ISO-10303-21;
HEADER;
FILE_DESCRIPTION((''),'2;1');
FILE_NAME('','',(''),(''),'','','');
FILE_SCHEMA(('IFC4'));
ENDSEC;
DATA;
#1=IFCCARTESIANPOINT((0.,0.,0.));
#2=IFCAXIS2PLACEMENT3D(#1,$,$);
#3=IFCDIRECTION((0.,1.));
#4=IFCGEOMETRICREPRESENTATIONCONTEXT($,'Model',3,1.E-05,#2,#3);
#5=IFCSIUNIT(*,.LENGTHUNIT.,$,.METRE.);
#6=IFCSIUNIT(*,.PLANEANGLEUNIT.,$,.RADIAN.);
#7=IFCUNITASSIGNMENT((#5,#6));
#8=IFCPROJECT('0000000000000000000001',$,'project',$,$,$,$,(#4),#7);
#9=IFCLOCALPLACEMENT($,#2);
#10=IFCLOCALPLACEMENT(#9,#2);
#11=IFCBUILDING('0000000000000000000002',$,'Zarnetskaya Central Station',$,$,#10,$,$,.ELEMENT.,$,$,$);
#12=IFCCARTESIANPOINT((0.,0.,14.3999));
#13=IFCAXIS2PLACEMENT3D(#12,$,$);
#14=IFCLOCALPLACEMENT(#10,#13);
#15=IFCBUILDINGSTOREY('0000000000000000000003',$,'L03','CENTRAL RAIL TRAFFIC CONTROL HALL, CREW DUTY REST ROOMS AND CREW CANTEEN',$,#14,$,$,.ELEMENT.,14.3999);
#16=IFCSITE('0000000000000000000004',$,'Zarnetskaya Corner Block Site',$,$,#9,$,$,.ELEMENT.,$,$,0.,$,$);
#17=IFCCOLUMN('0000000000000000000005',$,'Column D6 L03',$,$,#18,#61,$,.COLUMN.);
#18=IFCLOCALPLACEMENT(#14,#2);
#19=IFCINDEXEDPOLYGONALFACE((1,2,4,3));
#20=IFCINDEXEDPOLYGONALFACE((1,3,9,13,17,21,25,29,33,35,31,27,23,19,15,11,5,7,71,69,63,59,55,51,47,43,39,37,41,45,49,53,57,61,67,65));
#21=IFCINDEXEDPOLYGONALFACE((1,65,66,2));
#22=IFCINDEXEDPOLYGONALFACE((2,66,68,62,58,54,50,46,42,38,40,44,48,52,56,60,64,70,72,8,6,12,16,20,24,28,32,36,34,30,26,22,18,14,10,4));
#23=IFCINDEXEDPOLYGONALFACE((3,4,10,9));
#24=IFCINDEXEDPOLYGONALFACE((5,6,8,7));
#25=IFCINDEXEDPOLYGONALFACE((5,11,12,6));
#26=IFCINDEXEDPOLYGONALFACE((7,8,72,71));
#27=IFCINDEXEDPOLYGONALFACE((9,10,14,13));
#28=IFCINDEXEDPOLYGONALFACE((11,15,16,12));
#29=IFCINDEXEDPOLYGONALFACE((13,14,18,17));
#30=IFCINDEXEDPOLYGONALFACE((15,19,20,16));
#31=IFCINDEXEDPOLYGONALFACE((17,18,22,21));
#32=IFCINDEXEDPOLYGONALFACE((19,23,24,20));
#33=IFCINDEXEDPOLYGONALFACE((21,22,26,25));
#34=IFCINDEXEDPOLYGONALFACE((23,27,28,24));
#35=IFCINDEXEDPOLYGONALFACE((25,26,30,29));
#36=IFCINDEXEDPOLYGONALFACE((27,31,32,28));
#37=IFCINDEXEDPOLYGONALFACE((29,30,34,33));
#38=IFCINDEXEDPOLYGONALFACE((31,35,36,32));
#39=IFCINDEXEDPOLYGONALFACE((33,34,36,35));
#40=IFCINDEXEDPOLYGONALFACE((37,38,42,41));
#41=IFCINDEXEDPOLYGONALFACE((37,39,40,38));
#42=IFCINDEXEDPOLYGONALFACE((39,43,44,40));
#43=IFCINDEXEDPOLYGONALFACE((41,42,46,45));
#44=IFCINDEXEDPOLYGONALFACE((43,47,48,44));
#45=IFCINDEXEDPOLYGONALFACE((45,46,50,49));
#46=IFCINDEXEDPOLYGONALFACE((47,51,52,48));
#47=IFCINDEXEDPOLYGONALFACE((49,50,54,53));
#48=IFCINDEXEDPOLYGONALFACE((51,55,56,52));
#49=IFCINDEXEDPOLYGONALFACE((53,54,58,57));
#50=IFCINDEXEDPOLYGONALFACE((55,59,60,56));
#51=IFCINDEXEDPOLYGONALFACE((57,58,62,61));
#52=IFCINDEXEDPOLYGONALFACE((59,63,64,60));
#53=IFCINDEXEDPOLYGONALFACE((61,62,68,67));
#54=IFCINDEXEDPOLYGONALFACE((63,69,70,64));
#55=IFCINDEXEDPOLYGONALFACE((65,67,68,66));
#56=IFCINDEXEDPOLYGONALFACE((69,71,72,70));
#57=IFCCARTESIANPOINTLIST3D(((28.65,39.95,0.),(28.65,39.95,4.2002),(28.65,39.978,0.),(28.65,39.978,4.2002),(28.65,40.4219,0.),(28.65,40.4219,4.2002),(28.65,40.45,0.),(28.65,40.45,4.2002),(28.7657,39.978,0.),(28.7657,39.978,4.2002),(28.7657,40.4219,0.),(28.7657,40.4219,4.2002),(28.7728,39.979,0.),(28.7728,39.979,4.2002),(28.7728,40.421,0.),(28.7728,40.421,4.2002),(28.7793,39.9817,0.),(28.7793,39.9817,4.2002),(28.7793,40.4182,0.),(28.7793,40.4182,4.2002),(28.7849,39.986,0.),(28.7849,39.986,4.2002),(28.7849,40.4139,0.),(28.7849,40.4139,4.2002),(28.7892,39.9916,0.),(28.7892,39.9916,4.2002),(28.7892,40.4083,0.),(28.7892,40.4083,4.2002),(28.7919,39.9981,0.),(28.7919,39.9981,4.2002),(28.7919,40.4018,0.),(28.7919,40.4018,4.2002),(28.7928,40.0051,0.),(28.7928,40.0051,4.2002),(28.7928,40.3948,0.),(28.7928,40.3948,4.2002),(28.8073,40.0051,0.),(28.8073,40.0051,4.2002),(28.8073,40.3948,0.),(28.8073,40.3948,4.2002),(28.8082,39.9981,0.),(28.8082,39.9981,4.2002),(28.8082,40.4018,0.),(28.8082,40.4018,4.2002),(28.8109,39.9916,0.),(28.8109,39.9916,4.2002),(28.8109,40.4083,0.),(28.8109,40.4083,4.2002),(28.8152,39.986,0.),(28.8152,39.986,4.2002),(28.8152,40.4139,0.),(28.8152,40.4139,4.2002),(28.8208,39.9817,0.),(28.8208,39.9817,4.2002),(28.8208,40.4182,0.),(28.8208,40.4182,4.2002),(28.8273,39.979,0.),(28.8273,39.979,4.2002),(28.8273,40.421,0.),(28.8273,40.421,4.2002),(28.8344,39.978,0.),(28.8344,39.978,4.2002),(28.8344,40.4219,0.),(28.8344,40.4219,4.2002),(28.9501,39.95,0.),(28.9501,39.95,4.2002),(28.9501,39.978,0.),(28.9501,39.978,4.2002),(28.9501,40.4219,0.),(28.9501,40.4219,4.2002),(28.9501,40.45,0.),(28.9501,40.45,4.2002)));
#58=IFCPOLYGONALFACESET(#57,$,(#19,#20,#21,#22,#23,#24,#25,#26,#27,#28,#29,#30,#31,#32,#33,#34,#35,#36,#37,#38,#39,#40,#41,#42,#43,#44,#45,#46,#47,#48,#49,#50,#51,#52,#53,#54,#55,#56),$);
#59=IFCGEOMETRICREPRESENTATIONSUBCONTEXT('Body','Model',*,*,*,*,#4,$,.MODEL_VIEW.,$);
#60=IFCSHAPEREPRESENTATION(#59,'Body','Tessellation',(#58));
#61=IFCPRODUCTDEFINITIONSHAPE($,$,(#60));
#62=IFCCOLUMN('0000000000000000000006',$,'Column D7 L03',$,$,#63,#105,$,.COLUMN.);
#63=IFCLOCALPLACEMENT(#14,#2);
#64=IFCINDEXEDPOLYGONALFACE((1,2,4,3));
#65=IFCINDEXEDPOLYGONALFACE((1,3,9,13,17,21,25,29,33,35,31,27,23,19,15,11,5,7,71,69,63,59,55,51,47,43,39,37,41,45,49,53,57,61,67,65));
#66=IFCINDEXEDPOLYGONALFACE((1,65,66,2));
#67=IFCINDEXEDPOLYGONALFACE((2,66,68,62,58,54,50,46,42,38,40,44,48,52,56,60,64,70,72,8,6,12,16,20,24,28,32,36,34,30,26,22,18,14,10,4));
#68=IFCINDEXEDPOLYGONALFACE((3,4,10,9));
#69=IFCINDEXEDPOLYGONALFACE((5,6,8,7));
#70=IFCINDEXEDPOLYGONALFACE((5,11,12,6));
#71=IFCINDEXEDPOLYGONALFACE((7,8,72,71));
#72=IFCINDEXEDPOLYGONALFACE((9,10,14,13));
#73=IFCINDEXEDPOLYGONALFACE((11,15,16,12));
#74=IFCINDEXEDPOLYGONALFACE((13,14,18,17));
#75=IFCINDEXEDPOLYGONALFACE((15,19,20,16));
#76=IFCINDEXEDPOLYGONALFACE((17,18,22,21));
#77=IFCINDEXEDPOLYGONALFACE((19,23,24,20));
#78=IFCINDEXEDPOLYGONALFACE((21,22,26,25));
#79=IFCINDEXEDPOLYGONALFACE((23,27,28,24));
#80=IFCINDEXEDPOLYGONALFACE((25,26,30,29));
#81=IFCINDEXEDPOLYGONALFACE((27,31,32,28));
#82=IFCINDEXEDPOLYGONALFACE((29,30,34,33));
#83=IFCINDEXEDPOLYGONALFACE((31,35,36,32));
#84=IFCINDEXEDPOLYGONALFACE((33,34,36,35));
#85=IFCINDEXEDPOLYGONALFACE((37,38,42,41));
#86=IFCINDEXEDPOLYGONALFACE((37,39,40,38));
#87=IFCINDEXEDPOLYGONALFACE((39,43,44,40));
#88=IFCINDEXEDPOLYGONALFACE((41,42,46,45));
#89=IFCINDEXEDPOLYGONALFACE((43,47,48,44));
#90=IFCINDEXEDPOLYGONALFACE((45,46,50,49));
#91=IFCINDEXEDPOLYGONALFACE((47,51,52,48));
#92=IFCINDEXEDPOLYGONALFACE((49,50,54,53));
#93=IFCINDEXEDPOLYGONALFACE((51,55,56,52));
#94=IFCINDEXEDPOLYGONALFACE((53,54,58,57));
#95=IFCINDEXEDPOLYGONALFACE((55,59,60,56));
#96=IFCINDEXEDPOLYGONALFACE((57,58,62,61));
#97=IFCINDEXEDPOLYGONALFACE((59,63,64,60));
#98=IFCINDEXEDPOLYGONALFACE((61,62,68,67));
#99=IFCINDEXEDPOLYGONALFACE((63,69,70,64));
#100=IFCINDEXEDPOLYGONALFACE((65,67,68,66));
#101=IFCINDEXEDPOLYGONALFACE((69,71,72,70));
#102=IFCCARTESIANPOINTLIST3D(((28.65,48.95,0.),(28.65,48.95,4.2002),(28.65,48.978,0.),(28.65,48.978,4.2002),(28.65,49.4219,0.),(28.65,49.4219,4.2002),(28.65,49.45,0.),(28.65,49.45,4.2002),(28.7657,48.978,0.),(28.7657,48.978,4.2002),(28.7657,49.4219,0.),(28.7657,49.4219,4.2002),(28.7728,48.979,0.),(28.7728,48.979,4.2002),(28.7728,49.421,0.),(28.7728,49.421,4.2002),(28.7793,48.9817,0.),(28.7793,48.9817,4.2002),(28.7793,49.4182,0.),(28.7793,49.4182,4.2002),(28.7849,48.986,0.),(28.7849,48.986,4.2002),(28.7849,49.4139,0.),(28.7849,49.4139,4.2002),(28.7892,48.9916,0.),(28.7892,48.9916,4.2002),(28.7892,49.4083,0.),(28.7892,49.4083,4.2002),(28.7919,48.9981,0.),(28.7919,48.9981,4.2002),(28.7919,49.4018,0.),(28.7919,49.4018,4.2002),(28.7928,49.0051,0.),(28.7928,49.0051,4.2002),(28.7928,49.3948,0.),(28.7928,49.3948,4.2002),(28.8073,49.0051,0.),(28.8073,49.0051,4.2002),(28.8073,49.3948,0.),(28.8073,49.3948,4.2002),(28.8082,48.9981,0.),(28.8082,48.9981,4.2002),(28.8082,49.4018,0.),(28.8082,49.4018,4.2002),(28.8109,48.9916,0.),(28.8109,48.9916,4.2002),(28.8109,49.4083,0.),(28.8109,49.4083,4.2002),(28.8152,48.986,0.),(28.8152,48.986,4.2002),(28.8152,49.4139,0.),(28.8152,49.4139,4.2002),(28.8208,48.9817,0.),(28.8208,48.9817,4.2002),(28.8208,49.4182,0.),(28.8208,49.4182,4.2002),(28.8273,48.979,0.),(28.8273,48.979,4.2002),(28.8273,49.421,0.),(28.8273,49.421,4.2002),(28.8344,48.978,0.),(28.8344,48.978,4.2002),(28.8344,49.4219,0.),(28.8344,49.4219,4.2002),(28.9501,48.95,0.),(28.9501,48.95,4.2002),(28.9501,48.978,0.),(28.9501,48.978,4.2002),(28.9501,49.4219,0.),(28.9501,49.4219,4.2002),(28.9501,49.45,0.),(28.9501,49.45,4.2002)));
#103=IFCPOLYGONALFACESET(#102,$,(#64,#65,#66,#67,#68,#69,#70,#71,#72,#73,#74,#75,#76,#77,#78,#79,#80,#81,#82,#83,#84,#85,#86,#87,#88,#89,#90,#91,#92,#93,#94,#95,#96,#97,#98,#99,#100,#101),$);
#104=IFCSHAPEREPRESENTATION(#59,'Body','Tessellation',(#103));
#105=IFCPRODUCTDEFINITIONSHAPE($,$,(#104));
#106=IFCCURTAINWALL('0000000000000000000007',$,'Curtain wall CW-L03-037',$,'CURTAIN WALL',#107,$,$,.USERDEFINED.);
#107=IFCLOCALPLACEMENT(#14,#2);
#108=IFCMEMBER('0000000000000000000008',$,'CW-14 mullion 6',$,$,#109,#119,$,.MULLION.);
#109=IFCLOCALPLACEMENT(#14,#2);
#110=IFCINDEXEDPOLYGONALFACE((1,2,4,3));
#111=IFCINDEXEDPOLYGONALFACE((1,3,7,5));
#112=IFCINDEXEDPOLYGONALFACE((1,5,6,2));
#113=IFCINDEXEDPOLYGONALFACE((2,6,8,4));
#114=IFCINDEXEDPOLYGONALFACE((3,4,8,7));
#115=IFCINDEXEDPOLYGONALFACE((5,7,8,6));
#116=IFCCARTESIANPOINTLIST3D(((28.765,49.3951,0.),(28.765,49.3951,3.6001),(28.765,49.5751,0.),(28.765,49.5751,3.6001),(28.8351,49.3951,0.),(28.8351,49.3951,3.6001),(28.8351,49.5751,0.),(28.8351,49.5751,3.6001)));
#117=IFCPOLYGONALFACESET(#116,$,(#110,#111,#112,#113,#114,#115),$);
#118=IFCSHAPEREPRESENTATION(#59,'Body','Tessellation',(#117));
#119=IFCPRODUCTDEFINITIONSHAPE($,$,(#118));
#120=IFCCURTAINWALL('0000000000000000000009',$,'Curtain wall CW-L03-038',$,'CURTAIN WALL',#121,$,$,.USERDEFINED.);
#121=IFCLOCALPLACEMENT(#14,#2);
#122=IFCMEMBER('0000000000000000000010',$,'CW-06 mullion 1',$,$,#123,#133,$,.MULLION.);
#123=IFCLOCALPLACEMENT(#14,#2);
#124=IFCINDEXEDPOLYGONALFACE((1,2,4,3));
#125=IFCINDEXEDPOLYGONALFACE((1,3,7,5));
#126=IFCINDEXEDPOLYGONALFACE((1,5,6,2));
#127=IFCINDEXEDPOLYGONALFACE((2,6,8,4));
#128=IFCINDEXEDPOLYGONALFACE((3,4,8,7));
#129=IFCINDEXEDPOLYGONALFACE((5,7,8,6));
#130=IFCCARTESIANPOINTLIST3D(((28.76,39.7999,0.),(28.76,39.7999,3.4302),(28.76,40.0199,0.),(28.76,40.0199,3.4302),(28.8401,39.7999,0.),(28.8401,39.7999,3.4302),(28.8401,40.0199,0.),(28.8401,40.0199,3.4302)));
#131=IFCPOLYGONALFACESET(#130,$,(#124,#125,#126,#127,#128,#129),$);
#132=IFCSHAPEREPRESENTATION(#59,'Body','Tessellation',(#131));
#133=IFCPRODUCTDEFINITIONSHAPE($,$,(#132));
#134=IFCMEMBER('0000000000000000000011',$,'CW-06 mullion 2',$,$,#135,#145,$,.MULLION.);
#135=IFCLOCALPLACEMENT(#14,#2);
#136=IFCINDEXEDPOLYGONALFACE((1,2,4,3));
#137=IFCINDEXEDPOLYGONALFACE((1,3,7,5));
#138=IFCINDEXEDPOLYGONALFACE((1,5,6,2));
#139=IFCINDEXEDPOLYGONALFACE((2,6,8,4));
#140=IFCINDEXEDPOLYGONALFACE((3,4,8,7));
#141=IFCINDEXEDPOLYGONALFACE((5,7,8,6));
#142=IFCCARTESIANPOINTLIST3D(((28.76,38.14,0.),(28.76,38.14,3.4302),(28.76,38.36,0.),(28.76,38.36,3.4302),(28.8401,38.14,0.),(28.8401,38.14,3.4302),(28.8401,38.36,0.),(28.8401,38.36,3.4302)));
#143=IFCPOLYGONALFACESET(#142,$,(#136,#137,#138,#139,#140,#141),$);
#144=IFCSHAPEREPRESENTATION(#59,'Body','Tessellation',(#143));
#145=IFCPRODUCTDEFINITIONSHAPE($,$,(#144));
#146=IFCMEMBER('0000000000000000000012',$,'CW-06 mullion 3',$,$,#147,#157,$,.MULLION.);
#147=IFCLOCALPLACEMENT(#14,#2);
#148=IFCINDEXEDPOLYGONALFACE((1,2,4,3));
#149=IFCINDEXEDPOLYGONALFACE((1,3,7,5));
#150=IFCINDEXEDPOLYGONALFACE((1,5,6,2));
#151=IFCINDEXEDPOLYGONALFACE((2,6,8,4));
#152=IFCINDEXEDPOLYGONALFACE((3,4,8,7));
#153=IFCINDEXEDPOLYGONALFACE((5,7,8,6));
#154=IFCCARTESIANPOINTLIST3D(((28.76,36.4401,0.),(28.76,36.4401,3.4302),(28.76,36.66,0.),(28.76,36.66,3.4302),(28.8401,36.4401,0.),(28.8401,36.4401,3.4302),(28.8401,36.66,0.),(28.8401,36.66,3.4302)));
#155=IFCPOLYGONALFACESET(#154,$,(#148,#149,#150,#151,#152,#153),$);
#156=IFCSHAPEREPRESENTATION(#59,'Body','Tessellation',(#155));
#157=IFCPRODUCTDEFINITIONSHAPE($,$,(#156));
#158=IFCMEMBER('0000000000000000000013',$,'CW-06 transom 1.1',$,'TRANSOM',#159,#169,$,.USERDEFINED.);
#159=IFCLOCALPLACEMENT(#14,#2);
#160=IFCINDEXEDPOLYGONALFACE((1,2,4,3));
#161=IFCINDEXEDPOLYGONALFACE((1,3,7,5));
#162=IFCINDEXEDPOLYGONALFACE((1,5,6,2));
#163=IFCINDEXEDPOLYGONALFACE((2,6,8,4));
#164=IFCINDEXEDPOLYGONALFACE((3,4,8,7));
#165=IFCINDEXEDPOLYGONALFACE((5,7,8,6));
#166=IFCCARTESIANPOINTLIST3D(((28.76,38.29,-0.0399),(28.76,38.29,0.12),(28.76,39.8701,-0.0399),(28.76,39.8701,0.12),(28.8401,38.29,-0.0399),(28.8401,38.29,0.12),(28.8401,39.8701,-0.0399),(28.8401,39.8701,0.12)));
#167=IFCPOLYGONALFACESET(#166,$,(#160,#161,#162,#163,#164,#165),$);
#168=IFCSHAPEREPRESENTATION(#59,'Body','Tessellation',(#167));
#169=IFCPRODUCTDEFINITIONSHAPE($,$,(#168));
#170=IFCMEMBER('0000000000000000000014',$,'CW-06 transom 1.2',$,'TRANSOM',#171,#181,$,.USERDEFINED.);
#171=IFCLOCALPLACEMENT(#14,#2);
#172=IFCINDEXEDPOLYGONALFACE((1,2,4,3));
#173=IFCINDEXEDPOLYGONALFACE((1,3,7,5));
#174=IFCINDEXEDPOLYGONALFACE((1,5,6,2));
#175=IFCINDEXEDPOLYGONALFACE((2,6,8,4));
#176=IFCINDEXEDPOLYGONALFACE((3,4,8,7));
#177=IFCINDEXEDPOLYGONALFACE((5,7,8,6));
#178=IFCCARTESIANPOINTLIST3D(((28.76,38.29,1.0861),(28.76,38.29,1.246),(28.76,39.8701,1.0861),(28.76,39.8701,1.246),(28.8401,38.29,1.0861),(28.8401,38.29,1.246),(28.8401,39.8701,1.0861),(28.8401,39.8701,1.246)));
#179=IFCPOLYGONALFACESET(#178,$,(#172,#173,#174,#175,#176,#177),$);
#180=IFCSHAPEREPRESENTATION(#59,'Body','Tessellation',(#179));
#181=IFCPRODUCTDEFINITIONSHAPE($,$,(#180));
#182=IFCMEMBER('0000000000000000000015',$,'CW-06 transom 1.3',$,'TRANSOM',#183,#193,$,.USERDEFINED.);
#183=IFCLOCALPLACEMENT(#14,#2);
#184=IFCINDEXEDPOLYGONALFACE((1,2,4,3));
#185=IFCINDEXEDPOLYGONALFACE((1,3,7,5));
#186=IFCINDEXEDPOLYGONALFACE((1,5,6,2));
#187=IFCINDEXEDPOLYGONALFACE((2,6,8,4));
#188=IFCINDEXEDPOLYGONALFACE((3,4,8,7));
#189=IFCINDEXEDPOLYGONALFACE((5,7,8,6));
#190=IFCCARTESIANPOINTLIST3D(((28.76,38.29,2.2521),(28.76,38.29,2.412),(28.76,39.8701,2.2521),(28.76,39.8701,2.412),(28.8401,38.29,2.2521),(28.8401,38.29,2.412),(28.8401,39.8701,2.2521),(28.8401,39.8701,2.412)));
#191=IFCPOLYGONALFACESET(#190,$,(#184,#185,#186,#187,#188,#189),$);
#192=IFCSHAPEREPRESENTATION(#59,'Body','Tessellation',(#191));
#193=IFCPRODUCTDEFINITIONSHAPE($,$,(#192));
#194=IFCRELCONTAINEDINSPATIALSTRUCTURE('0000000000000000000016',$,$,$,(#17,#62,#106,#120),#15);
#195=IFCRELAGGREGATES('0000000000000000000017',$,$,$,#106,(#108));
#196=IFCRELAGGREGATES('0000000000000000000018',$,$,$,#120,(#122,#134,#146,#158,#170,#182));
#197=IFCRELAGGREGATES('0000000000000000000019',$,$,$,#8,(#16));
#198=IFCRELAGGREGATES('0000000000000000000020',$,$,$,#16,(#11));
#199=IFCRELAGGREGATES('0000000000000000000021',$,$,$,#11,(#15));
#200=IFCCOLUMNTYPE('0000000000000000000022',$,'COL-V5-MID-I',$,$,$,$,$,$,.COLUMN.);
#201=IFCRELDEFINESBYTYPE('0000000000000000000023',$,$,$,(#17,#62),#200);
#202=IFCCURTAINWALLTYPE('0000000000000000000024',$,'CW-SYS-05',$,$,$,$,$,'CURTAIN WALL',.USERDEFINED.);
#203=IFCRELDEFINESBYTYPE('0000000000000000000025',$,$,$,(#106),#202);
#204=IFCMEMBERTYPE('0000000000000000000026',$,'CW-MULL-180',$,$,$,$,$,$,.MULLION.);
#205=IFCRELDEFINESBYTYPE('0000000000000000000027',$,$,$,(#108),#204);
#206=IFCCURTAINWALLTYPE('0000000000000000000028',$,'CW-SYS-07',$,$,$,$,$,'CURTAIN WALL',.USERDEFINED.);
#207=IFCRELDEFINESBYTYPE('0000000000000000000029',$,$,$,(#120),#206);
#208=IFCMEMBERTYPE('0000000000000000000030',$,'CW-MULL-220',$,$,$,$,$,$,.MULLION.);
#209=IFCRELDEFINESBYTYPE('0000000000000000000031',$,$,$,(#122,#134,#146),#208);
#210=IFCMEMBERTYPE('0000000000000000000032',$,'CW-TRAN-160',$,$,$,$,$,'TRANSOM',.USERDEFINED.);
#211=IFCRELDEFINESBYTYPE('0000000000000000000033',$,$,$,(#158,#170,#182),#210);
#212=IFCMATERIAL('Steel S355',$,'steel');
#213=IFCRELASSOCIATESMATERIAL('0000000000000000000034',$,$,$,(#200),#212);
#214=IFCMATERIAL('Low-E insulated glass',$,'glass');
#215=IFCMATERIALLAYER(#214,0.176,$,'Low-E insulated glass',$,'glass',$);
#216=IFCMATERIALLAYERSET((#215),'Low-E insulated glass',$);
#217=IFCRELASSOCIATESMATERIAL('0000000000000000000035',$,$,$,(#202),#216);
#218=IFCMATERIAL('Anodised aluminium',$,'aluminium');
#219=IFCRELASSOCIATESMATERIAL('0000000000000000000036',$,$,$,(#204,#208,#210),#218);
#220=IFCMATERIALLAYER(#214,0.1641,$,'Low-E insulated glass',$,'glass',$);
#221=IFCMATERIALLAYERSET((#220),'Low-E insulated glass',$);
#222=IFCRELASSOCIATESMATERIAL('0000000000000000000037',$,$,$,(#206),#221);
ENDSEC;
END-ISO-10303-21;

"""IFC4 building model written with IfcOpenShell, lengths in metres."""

from ifc_helpers import new_model, si_unit, direction, frame, origin, origin_2d, place, context, subcontext, project, spatial, rectangle, i_section, extrude, material, layer, layer_set, material_profile, profile_set, type_object, element, aggregate, save


model = new_model("IFC4")

# Units and contexts
model_context = context("Model", 3, precision=1e-05, world=origin(), true_north=direction((0.0, 1.0)))
body_context = subcontext(model_context, "Body", "Model", "MODEL_VIEW")
ifc_project = project(units=[si_unit("LENGTHUNIT", "METRE"), si_unit("PLANEANGLEUNIT", "RADIAN")], contexts=[model_context])

# Site, building, storey
site_placement = place(None, origin())
site = spatial("IfcSite", under=ifc_project, at=site_placement, Name="Zarnetskaya Corner Block Site", CompositionType="ELEMENT", RefElevation=0.0)
building_placement = place(site_placement, origin())
building = spatial("IfcBuilding", under=site, at=building_placement, Name="Zarnetskaya Central Station", CompositionType="ELEMENT")
storey_placement = place(building_placement, frame((0.0, 0.0, 14.3999)))
storey = spatial("IfcBuildingStorey", under=building, at=storey_placement, Name="L03", Description="CENTRAL RAIL TRAFFIC CONTROL HALL, CREW DUTY REST ROOMS AND CREW CANTEEN", CompositionType="ELEMENT", Elevation=14.3999)

# Columns
ifc_material_1 = material(Name="Steel S355", Category="steel")
ifc_material_profile_1 = material_profile(ifc_material_1, i_section(OverallWidth=0.3, OverallDepth=0.5, WebThickness=0.0144, FlangeThickness=0.0281, FilletRadius=0.0271, at=origin_2d()), Name="HEB 500")
ifc_profile_set_1 = profile_set([ifc_material_profile_1], Name="Steel S355")
column_type = type_object("IfcColumnType", Name="COL-V5-MID-I", PredefinedType="COLUMN", material=ifc_profile_set_1)
for number, where, z_axis, x_axis, name in (
    (1, (28.8, 40.2, 0.0), (0.0, 0.0, 1.0), (1.0, 0.0, 0.0), "Column D6 L03"),
    (2, (28.8, 49.2, 0.0), (0.0, 0.0, 1.0), (1.0, 0.0, 0.0), "Column D7 L03"),
):
    element("IfcColumn", number, at=place(storey_placement, frame(where, z_axis=z_axis, x_axis=x_axis)), inside=storey, type_object=column_type, Name=name, PredefinedType="COLUMN", context=body_context, shape_type="SweptSolid", body=[
        extrude(i_section(OverallWidth=0.3, OverallDepth=0.5, WebThickness=0.0144, FlangeThickness=0.0281, FilletRadius=0.0271, at=origin_2d()), origin(), (0.0, 0.0, 1.0), 4.2002),
    ])

# Curtain wall, member
ifc_material_2 = material(Name="Low-E insulated glass", Category="glass")
ifc_layer_1 = layer(ifc_material_2, 0.176, Name="Low-E insulated glass", Category="glass")
ifc_layer_set_1 = layer_set([ifc_layer_1], Name="Low-E insulated glass")
curtain_wall_type_1 = type_object("IfcCurtainWallType", Name="CW-SYS-05", ElementType="CURTAIN WALL", PredefinedType="USERDEFINED", material=ifc_layer_set_1)
curtain_wall_1_placement = place(storey_placement, origin())
curtain_wall_1 = element("IfcCurtainWall", 3, at=curtain_wall_1_placement, inside=storey, type_object=curtain_wall_type_1, Name="Curtain wall CW-L03-037", ObjectType="CURTAIN WALL", PredefinedType="USERDEFINED")
ifc_material_3 = material(Name="Anodised aluminium", Category="aluminium")
ifc_material_profile_2 = material_profile(ifc_material_3, rectangle(XDim=0.0701, YDim=0.1799, at=origin_2d()), Name="ALU MULL 70x180")
ifc_profile_set_2 = profile_set([ifc_material_profile_2], Name="Anodised aluminium")
member_type_1 = type_object("IfcMemberType", Name="CW-MULL-180", PredefinedType="MULLION", material=ifc_profile_set_2)
member_1_placement = place(storey_placement, frame((28.8, 49.4851, 0.0), z_axis=(0.0, 0.0, 1.0), x_axis=(1.0, 0.0, 0.0)))
member_1 = element("IfcMember", 4, at=member_1_placement, type_object=member_type_1, Name="CW-14 mullion 6", PredefinedType="MULLION", context=body_context, shape_type="SweptSolid", body=[
    extrude(rectangle(XDim=0.0701, YDim=0.1799, at=origin_2d()), origin(), (0.0, 0.0, 1.0), 3.6001),
])
aggregate(curtain_wall_1, [member_1])

# Curtain wall, members
ifc_layer_2 = layer(ifc_material_2, 0.1641, Name="Low-E insulated glass", Category="glass")
ifc_layer_set_2 = layer_set([ifc_layer_2], Name="Low-E insulated glass")
curtain_wall_type_2 = type_object("IfcCurtainWallType", Name="CW-SYS-07", ElementType="CURTAIN WALL", PredefinedType="USERDEFINED", material=ifc_layer_set_2)
curtain_wall_2_placement = place(storey_placement, origin())
curtain_wall_2 = element("IfcCurtainWall", 5, at=curtain_wall_2_placement, inside=storey, type_object=curtain_wall_type_2, Name="Curtain wall CW-L03-038", ObjectType="CURTAIN WALL", PredefinedType="USERDEFINED")
ifc_material_profile_3 = material_profile(ifc_material_3, rectangle(XDim=0.0801, YDim=0.22, at=origin_2d()), Name="ALU MULL 80x220")
ifc_profile_set_3 = profile_set([ifc_material_profile_3], Name="Anodised aluminium")
member_type_2 = type_object("IfcMemberType", Name="CW-MULL-220", PredefinedType="MULLION", material=ifc_profile_set_3)
member_2_placement = place(storey_placement, frame((28.8, 39.9099, 0.0), z_axis=(0.0, 0.0, 1.0), x_axis=(1.0, 0.0, 0.0)))
member_2 = element("IfcMember", 6, at=member_2_placement, type_object=member_type_2, Name="CW-06 mullion 1", PredefinedType="MULLION", context=body_context, shape_type="SweptSolid", body=[
    extrude(rectangle(XDim=0.0801, YDim=0.22, at=origin_2d()), origin(), (0.0, 0.0, 1.0), 3.4302),
])
member_3_placement = place(storey_placement, frame((28.8, 38.25, 0.0), z_axis=(0.0, 0.0, 1.0), x_axis=(1.0, 0.0, 0.0)))
member_3 = element("IfcMember", 7, at=member_3_placement, type_object=member_type_2, Name="CW-06 mullion 2", PredefinedType="MULLION", context=body_context, shape_type="SweptSolid", body=[
    extrude(rectangle(XDim=0.0801, YDim=0.22, at=origin_2d()), origin(), (0.0, 0.0, 1.0), 3.4302),
])
member_4_placement = place(storey_placement, frame((28.8, 36.55, 0.0), z_axis=(0.0, 0.0, 1.0), x_axis=(1.0, 0.0, 0.0)))
member_4 = element("IfcMember", 8, at=member_4_placement, type_object=member_type_2, Name="CW-06 mullion 3", PredefinedType="MULLION", context=body_context, shape_type="SweptSolid", body=[
    extrude(rectangle(XDim=0.0801, YDim=0.22, at=origin_2d()), origin(), (0.0, 0.0, 1.0), 3.4302),
])
ifc_material_profile_4 = material_profile(ifc_material_3, rectangle(XDim=0.0801, YDim=0.1599, at=origin_2d()), Name="ALU TRAN 80x160")
ifc_profile_set_4 = profile_set([ifc_material_profile_4], Name="Anodised aluminium")
member_type_3 = type_object("IfcMemberType", Name="CW-TRAN-160", ElementType="TRANSOM", PredefinedType="USERDEFINED", material=ifc_profile_set_4)
member_5_placement = place(storey_placement, frame((28.8, 39.8701, 0.04), z_axis=(0.0, -1.0, 0.0), x_axis=(1.0, 0.0, 0.0)))
member_5 = element("IfcMember", 9, at=member_5_placement, type_object=member_type_3, Name="CW-06 transom 1.1", ObjectType="TRANSOM", PredefinedType="USERDEFINED", context=body_context, shape_type="SweptSolid", body=[
    extrude(rectangle(XDim=0.0801, YDim=0.1599, at=origin_2d()), origin(), (0.0, 0.0, 1.0), 1.5801),
])
member_6_placement = place(storey_placement, frame((28.8, 39.8701, 1.166), z_axis=(0.0, -1.0, 0.0), x_axis=(1.0, 0.0, 0.0)))
member_6 = element("IfcMember", 10, at=member_6_placement, type_object=member_type_3, Name="CW-06 transom 1.2", ObjectType="TRANSOM", PredefinedType="USERDEFINED", context=body_context, shape_type="SweptSolid", body=[
    extrude(rectangle(XDim=0.0801, YDim=0.1599, at=origin_2d()), origin(), (0.0, 0.0, 1.0), 1.5801),
])
member_7_placement = place(storey_placement, frame((28.8, 39.8701, 2.332), z_axis=(0.0, -1.0, 0.0), x_axis=(1.0, 0.0, 0.0)))
member_7 = element("IfcMember", 11, at=member_7_placement, type_object=member_type_3, Name="CW-06 transom 1.3", ObjectType="TRANSOM", PredefinedType="USERDEFINED", context=body_context, shape_type="SweptSolid", body=[
    extrude(rectangle(XDim=0.0801, YDim=0.1599, at=origin_2d()), origin(), (0.0, 0.0, 1.0), 1.5801),
])

aggregate(curtain_wall_2, [member_2, member_3, member_4, member_5, member_6, member_7])

save(model, "model.ifc")
